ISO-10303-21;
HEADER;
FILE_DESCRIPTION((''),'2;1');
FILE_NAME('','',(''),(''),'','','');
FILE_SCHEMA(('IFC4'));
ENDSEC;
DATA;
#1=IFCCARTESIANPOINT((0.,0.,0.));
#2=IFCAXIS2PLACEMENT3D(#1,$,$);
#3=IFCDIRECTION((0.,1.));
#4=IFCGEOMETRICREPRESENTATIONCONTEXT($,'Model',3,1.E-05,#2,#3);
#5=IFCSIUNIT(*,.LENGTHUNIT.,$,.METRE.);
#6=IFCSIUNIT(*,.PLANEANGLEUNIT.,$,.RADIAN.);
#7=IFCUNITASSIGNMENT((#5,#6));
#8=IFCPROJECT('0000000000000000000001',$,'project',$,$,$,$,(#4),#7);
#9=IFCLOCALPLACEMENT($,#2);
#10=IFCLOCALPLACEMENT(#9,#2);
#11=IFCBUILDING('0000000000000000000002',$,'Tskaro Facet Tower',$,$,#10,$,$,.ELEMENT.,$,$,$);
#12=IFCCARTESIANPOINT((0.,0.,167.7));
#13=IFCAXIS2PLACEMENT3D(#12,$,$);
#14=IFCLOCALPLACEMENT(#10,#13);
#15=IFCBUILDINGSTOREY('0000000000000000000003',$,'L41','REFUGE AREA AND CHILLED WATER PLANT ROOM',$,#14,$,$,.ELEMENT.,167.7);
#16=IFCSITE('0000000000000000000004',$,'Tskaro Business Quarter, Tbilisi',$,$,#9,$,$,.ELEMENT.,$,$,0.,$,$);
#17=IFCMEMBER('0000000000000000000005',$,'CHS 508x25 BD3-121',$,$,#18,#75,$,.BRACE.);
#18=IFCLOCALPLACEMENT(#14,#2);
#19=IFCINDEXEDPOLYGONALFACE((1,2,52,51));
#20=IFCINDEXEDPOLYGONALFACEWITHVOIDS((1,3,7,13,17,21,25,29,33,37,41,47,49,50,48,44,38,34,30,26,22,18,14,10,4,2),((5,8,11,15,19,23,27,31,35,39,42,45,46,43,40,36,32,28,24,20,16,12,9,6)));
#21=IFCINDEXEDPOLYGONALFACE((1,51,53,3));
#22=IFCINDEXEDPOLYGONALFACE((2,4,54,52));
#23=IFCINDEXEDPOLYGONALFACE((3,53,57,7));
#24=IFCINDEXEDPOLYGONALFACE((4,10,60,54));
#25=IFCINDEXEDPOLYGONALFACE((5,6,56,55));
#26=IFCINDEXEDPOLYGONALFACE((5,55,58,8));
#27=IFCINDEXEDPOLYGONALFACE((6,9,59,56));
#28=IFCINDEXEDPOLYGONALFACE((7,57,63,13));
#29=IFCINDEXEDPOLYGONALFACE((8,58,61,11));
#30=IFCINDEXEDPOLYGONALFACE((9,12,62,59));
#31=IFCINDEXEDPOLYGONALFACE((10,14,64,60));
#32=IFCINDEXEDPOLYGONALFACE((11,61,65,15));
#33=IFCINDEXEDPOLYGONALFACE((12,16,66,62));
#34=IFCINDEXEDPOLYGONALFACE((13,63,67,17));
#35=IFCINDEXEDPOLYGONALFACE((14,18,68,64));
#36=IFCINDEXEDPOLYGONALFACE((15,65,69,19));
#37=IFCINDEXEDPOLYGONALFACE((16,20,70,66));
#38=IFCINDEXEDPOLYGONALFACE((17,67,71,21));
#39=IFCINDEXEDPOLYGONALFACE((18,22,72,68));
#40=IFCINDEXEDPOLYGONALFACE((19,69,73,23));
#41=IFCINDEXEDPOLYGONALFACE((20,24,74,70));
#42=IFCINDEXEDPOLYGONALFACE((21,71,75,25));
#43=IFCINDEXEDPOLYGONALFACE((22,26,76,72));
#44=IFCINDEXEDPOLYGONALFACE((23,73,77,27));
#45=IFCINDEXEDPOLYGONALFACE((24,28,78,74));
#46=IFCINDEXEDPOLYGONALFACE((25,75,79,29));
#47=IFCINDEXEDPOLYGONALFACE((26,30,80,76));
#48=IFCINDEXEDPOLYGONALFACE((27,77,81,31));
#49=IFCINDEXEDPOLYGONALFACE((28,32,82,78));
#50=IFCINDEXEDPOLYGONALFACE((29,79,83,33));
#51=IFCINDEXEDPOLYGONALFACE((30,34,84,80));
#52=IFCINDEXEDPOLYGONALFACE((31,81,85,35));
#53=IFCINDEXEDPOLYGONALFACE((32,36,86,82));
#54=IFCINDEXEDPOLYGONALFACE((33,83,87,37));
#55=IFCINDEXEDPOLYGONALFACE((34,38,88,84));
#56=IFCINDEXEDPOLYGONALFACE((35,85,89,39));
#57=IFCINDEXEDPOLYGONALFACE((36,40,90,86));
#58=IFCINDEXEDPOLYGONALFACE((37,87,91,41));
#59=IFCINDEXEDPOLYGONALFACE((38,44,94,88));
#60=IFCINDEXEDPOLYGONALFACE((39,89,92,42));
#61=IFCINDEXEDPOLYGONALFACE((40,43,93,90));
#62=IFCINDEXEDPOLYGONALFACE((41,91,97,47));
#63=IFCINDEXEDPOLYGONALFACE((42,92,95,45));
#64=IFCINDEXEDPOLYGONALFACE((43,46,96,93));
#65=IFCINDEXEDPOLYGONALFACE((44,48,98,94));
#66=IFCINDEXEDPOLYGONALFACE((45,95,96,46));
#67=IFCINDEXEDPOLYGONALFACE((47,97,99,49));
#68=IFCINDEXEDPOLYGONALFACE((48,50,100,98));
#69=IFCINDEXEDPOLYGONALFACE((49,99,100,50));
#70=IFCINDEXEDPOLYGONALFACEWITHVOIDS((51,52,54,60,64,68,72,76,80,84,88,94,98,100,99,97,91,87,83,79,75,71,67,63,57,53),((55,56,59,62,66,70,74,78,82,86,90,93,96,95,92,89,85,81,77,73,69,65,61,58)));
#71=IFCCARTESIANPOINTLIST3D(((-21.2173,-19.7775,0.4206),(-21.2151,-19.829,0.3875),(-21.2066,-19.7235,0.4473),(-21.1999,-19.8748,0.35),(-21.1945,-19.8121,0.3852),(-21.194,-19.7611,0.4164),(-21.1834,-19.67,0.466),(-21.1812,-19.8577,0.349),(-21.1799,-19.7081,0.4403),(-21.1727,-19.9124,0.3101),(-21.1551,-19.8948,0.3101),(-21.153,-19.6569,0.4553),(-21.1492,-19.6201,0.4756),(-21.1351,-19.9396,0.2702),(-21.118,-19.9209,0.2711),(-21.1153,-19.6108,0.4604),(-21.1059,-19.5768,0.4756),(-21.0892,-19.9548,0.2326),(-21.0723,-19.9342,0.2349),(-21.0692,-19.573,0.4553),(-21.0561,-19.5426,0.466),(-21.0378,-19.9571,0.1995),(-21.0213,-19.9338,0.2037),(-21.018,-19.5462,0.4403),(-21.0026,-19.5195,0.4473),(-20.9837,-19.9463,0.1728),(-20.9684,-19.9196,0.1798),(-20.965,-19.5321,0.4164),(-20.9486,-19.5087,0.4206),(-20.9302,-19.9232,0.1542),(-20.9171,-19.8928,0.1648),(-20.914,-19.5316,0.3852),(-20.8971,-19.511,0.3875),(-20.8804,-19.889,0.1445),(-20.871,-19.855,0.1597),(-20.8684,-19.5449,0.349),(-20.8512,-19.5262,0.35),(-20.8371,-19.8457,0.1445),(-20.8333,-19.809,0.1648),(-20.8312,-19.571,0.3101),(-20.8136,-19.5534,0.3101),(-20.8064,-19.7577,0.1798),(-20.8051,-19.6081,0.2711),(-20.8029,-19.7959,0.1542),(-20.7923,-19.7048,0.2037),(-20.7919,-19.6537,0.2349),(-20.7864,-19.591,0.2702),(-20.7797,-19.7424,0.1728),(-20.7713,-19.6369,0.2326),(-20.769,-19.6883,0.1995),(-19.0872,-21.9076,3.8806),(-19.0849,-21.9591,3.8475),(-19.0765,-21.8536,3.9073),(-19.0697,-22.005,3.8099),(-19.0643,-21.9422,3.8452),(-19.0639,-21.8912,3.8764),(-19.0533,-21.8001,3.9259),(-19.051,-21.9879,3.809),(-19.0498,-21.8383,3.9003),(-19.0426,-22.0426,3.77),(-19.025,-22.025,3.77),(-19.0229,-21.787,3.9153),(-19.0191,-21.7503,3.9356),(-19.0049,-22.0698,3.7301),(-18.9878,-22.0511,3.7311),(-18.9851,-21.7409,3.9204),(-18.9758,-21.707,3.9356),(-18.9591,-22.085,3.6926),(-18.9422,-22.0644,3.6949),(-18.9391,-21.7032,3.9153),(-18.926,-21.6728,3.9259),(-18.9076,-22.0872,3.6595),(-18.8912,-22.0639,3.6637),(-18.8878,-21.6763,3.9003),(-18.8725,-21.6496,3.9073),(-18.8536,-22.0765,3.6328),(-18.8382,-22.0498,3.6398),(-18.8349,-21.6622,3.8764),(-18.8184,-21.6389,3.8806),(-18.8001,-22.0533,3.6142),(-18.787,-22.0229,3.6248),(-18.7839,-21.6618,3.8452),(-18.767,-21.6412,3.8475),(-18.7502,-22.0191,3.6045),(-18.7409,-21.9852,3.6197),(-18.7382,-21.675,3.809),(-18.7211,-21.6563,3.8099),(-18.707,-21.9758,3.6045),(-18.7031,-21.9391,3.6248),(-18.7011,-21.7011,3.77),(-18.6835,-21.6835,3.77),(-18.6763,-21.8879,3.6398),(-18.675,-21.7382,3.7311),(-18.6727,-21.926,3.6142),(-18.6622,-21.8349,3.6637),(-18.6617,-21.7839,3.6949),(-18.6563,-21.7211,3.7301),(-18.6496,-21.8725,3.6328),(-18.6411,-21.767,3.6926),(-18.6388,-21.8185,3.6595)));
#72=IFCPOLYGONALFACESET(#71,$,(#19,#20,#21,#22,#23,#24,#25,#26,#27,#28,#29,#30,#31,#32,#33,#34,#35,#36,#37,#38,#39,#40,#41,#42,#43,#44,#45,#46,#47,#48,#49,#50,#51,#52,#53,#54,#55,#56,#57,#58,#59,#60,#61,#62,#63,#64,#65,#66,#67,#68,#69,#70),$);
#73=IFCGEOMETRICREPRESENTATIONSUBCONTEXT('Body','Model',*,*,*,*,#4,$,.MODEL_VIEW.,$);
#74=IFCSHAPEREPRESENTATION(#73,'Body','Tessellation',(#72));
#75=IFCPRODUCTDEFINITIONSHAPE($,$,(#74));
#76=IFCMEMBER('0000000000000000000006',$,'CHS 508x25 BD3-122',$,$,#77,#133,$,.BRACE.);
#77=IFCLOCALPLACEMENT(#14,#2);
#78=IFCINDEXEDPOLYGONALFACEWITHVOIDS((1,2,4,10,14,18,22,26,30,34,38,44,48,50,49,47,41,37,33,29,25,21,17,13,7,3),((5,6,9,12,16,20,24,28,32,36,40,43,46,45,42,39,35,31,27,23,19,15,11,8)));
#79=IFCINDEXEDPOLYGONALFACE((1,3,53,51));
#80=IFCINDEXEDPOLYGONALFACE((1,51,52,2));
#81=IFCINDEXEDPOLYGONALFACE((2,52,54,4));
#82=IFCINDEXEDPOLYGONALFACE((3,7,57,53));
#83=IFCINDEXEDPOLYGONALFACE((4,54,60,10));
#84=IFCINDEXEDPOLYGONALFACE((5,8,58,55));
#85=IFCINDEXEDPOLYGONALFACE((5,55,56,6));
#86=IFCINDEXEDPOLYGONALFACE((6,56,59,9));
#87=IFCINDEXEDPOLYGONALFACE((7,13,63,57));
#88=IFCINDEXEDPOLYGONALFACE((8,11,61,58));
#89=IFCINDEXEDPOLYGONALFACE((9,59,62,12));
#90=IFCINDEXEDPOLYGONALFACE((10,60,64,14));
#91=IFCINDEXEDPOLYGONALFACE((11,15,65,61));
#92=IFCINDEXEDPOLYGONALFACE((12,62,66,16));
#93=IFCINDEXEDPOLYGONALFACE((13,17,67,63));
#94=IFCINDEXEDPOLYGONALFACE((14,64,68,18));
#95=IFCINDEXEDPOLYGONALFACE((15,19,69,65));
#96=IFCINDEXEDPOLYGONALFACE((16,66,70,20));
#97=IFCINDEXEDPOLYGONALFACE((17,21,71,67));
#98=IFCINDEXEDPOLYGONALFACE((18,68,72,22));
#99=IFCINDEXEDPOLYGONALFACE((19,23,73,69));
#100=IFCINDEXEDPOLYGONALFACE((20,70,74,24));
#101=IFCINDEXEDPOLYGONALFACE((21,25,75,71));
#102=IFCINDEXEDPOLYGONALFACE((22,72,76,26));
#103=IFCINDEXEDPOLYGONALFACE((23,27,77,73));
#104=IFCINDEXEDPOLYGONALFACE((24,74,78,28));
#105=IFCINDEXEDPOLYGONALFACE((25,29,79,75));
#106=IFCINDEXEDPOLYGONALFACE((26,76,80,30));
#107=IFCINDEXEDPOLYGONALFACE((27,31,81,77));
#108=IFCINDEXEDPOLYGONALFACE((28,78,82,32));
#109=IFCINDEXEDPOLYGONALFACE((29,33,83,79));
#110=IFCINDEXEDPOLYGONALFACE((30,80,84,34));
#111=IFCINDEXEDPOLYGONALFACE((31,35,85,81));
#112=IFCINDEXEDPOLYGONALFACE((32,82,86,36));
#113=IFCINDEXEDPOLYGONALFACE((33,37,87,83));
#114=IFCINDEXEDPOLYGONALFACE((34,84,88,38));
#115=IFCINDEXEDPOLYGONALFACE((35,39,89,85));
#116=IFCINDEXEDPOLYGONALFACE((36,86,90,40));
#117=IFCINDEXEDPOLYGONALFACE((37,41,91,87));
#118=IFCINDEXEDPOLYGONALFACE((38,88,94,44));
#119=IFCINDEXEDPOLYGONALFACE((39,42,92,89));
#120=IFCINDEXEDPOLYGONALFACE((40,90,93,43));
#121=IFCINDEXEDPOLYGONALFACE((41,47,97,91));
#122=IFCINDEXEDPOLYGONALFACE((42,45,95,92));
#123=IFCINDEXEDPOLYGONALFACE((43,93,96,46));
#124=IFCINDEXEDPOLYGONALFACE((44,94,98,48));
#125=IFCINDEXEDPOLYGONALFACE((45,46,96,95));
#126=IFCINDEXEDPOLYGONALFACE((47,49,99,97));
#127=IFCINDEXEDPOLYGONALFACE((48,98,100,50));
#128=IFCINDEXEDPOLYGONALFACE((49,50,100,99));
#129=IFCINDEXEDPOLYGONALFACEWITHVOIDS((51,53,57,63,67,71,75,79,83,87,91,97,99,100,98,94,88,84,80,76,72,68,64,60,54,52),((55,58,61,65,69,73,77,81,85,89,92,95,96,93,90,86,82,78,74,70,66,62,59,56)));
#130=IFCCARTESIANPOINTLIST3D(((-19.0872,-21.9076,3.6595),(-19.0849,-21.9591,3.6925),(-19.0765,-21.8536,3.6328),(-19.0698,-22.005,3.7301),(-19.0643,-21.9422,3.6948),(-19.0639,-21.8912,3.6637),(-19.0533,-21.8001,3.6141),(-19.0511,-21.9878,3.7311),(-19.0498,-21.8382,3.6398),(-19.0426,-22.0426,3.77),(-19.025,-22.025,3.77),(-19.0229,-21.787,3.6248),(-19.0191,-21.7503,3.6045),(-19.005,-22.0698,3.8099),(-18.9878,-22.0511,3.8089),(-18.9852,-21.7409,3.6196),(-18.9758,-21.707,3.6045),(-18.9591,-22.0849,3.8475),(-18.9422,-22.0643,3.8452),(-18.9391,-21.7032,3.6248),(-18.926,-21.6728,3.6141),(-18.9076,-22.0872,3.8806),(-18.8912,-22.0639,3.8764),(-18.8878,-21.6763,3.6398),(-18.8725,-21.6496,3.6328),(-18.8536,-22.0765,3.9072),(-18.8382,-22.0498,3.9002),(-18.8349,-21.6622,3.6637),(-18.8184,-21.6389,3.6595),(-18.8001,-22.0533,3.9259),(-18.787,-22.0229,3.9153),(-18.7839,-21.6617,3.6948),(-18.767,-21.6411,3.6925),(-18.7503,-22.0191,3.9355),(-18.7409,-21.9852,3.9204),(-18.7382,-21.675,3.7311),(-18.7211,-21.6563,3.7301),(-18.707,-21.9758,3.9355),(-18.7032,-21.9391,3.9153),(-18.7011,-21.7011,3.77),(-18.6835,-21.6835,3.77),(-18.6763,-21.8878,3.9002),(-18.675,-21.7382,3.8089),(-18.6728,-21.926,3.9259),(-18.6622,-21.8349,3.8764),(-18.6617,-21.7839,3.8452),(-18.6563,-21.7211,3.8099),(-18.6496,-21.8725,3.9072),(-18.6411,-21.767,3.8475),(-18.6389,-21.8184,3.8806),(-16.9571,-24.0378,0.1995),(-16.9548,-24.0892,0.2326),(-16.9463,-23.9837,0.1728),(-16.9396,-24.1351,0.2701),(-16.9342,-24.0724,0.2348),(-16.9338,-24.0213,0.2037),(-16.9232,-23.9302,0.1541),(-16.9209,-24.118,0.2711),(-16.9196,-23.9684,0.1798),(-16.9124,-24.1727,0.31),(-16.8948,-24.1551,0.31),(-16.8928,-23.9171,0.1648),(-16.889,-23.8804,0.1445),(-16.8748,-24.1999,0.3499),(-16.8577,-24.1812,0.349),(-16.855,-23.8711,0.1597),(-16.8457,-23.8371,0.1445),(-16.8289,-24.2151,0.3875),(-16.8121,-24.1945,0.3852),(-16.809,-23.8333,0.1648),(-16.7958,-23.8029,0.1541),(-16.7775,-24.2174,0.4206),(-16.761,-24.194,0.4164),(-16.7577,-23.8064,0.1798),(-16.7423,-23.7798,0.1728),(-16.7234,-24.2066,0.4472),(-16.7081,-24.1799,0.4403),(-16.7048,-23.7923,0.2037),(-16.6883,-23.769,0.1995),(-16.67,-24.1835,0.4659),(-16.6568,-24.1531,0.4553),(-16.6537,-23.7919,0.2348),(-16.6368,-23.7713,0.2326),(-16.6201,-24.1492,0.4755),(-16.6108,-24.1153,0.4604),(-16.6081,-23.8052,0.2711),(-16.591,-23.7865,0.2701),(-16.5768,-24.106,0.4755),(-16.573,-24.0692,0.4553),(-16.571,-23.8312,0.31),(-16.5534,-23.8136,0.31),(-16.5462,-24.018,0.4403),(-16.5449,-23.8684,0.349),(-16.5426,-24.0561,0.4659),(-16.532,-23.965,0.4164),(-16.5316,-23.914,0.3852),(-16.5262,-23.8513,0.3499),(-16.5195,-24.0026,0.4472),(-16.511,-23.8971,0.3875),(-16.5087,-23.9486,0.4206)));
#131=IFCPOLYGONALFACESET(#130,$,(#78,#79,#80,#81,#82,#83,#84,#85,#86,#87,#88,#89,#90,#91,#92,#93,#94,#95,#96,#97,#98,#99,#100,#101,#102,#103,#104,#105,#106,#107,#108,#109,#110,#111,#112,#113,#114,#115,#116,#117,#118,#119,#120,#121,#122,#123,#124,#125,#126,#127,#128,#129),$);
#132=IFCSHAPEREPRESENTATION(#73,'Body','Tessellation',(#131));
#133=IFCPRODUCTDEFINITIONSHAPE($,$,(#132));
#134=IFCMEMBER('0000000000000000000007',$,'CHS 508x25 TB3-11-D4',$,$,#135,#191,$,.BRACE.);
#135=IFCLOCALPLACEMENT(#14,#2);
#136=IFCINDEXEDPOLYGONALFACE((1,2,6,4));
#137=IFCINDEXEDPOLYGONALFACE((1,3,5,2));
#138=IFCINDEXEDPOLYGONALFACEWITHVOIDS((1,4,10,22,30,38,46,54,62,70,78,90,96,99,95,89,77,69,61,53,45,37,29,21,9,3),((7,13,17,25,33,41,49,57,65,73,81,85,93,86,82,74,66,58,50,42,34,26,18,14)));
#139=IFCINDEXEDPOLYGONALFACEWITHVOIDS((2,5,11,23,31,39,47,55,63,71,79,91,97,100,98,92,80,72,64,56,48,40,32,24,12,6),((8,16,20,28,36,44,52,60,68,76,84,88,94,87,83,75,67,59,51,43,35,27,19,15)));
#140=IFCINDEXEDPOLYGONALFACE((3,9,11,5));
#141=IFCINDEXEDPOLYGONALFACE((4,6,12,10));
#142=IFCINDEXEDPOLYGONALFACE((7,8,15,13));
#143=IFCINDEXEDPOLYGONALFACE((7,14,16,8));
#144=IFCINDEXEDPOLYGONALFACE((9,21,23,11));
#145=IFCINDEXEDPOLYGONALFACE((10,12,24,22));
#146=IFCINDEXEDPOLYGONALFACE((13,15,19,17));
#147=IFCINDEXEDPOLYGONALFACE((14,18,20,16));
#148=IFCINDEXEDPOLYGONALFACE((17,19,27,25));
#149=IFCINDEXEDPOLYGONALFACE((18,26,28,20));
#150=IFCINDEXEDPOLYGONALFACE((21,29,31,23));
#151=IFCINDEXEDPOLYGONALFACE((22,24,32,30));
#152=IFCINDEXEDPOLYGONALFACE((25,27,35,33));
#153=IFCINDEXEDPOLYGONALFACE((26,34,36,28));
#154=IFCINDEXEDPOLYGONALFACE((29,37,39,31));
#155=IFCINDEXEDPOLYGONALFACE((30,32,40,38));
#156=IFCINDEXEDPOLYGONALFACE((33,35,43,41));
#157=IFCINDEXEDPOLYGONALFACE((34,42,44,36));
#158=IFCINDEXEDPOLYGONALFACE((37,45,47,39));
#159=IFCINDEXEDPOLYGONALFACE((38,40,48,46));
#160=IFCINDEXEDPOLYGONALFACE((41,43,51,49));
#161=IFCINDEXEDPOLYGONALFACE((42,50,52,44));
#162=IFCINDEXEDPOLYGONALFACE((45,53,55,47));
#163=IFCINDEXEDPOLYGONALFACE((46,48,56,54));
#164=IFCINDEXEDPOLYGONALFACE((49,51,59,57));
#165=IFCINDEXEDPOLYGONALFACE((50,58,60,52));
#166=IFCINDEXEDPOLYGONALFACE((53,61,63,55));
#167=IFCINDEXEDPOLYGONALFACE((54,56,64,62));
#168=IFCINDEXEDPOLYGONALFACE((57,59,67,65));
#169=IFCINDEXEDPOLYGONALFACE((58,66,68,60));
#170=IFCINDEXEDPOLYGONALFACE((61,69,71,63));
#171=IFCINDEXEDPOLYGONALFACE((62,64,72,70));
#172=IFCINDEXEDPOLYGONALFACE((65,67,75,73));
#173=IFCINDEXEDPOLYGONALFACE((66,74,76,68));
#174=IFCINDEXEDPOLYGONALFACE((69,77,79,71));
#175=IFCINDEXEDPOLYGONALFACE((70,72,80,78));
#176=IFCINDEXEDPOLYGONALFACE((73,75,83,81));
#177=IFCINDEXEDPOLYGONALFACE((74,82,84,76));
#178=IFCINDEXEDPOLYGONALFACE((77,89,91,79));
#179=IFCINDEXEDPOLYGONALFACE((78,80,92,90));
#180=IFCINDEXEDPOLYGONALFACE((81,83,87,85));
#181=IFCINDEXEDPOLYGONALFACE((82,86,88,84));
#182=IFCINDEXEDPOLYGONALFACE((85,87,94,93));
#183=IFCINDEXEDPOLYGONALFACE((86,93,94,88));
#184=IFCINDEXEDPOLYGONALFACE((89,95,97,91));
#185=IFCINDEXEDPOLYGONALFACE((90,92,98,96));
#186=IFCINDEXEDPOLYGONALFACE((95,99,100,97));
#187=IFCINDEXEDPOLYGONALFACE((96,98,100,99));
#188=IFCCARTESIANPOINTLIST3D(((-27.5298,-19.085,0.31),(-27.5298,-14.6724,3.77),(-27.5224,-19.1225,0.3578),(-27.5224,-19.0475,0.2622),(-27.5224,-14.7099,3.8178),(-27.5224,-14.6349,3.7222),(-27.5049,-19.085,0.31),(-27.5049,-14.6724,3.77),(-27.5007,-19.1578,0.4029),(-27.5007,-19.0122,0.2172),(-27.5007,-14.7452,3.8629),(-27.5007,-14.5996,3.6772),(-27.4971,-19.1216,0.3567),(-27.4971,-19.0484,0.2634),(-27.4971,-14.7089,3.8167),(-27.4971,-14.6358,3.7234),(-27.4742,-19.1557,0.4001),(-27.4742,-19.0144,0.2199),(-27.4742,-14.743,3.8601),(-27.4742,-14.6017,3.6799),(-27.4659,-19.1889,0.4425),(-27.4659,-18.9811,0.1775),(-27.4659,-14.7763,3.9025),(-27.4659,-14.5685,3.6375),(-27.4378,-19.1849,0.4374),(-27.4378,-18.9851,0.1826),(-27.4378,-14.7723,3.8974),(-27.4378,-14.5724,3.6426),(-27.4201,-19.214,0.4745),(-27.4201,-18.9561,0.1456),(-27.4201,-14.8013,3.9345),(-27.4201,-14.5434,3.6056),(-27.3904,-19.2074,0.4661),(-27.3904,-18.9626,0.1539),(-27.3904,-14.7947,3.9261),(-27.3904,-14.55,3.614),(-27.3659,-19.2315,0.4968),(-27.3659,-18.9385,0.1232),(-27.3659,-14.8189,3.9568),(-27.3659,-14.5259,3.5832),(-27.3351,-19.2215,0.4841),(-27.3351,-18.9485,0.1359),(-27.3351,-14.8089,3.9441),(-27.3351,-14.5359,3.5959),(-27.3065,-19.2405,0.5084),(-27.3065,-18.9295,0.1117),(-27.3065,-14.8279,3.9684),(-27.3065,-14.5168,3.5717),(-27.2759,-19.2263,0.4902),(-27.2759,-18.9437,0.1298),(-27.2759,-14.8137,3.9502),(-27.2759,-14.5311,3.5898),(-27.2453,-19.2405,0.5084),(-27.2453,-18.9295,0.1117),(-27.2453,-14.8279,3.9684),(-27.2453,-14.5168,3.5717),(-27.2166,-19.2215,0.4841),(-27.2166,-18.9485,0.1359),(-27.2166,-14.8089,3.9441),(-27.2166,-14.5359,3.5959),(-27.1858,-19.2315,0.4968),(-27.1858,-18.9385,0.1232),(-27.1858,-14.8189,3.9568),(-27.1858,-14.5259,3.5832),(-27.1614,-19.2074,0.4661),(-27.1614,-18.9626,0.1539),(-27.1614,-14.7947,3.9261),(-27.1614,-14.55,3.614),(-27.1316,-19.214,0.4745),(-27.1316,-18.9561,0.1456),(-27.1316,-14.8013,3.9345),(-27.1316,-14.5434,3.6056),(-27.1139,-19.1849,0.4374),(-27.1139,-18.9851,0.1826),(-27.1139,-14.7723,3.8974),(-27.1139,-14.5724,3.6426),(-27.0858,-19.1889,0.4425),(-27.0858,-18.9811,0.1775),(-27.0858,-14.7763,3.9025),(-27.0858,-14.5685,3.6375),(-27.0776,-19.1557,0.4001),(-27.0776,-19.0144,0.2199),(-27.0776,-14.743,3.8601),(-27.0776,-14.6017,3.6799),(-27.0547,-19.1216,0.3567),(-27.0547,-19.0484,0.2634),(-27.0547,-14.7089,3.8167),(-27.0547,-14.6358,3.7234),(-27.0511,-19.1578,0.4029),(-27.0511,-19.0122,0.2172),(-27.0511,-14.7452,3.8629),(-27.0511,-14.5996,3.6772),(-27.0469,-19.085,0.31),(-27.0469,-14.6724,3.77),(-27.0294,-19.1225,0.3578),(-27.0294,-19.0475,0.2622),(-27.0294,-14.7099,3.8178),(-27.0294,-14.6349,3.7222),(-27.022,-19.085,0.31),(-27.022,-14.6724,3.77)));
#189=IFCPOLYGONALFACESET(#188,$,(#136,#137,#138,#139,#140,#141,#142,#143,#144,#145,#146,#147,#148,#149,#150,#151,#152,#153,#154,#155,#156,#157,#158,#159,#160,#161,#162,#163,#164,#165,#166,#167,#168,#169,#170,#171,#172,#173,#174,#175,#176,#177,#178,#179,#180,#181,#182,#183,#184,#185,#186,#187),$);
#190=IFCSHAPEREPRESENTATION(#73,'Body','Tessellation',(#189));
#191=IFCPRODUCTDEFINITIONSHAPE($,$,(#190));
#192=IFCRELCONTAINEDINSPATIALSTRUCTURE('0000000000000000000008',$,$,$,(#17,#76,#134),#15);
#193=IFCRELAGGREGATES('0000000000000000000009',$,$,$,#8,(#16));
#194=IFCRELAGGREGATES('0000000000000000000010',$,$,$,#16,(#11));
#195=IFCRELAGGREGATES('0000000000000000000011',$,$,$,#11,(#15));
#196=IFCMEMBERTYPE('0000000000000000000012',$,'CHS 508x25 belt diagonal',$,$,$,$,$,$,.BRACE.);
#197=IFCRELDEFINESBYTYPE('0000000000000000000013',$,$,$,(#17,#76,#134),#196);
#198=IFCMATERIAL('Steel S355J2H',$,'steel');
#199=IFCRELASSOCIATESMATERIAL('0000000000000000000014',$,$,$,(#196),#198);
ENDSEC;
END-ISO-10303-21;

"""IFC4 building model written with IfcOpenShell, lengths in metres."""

from ifc_helpers import new_model, si_unit, direction, frame, origin, origin_2d, place, context, subcontext, project, spatial, hollow_circle, extrude, material, material_profile, profile_set, type_object, element, save


model = new_model("IFC4")

# Units and contexts
model_context = context("Model", 3, precision=1e-05, world=origin(), true_north=direction((0.0, 1.0)))
body_context = subcontext(model_context, "Body", "Model", "MODEL_VIEW")
ifc_project = project(units=[si_unit("LENGTHUNIT", "METRE"), si_unit("PLANEANGLEUNIT", "RADIAN")], contexts=[model_context])

# Site, building, storey
site_placement = place(None, origin())
site = spatial("IfcSite", under=ifc_project, at=site_placement, Name="Tskaro Business Quarter, Tbilisi", CompositionType="ELEMENT", RefElevation=0.0)
building_placement = place(site_placement, origin())
building = spatial("IfcBuilding", under=site, at=building_placement, Name="Tskaro Facet Tower", CompositionType="ELEMENT")
storey_placement = place(building_placement, frame((0.0, 0.0, 167.7)))
storey = spatial("IfcBuildingStorey", under=building, at=storey_placement, Name="L41", Description="REFUGE AREA AND CHILLED WATER PLANT ROOM", CompositionType="ELEMENT", Elevation=167.7)

# Shared definitions
ifc_material_1 = material(Name="Steel S355J2H", Category="steel")

# Members
ifc_material_profile_1 = material_profile(ifc_material_1, hollow_circle(Radius=0.2539, WallThickness=0.0249, at=origin_2d()), Name="CHS 508x25")
ifc_profile_set_1 = profile_set([ifc_material_profile_1], Name="Steel S355J2H")
member_type_1 = type_object("IfcMemberType", Name="CHS 508x25 belt diagonal", PredefinedType="BRACE", material=ifc_profile_set_1)
for number, where, z_axis, x_axis, name in (
    (1, (-20.9932, -19.7329, 0.3101), (0.464321, -0.464321, 0.754196), (0.707107, 0.707107, 0.0), "CHS 508x25 BD3-121"),
    (2, (-18.863, -21.863, 3.77), (0.464321, -0.464321, -0.754196), (0.707107, 0.707107, 0.0), "CHS 508x25 BD3-122"),
):
    element("IfcMember", number, at=place(storey_placement, frame(where, z_axis=z_axis, x_axis=x_axis)), inside=storey, type_object=member_type_1, Name=name, PredefinedType="BRACE", context=body_context, shape_type="SweptSolid", body=[
        extrude(hollow_circle(Radius=0.2539, WallThickness=0.0249, at=origin_2d()), origin(), (0.0, 0.0, 1.0), 4.5876),
    ])
member_1_placement = place(storey_placement, frame((-27.2759, -14.6724, 3.77), z_axis=(0.0, -0.786931, -0.617041), x_axis=(1.0, 0.0, 0.0)))
element("IfcMember", 3, at=member_1_placement, inside=storey, type_object=member_type_1, Name="CHS 508x25 TB3-11-D4", PredefinedType="BRACE", context=body_context, shape_type="SweptSolid", body=[
    extrude(hollow_circle(Radius=0.2539, WallThickness=0.0249, at=origin_2d()), origin(), (0.0, 0.0, 1.0), 5.6074),
])

save(model, "model.ifc")
